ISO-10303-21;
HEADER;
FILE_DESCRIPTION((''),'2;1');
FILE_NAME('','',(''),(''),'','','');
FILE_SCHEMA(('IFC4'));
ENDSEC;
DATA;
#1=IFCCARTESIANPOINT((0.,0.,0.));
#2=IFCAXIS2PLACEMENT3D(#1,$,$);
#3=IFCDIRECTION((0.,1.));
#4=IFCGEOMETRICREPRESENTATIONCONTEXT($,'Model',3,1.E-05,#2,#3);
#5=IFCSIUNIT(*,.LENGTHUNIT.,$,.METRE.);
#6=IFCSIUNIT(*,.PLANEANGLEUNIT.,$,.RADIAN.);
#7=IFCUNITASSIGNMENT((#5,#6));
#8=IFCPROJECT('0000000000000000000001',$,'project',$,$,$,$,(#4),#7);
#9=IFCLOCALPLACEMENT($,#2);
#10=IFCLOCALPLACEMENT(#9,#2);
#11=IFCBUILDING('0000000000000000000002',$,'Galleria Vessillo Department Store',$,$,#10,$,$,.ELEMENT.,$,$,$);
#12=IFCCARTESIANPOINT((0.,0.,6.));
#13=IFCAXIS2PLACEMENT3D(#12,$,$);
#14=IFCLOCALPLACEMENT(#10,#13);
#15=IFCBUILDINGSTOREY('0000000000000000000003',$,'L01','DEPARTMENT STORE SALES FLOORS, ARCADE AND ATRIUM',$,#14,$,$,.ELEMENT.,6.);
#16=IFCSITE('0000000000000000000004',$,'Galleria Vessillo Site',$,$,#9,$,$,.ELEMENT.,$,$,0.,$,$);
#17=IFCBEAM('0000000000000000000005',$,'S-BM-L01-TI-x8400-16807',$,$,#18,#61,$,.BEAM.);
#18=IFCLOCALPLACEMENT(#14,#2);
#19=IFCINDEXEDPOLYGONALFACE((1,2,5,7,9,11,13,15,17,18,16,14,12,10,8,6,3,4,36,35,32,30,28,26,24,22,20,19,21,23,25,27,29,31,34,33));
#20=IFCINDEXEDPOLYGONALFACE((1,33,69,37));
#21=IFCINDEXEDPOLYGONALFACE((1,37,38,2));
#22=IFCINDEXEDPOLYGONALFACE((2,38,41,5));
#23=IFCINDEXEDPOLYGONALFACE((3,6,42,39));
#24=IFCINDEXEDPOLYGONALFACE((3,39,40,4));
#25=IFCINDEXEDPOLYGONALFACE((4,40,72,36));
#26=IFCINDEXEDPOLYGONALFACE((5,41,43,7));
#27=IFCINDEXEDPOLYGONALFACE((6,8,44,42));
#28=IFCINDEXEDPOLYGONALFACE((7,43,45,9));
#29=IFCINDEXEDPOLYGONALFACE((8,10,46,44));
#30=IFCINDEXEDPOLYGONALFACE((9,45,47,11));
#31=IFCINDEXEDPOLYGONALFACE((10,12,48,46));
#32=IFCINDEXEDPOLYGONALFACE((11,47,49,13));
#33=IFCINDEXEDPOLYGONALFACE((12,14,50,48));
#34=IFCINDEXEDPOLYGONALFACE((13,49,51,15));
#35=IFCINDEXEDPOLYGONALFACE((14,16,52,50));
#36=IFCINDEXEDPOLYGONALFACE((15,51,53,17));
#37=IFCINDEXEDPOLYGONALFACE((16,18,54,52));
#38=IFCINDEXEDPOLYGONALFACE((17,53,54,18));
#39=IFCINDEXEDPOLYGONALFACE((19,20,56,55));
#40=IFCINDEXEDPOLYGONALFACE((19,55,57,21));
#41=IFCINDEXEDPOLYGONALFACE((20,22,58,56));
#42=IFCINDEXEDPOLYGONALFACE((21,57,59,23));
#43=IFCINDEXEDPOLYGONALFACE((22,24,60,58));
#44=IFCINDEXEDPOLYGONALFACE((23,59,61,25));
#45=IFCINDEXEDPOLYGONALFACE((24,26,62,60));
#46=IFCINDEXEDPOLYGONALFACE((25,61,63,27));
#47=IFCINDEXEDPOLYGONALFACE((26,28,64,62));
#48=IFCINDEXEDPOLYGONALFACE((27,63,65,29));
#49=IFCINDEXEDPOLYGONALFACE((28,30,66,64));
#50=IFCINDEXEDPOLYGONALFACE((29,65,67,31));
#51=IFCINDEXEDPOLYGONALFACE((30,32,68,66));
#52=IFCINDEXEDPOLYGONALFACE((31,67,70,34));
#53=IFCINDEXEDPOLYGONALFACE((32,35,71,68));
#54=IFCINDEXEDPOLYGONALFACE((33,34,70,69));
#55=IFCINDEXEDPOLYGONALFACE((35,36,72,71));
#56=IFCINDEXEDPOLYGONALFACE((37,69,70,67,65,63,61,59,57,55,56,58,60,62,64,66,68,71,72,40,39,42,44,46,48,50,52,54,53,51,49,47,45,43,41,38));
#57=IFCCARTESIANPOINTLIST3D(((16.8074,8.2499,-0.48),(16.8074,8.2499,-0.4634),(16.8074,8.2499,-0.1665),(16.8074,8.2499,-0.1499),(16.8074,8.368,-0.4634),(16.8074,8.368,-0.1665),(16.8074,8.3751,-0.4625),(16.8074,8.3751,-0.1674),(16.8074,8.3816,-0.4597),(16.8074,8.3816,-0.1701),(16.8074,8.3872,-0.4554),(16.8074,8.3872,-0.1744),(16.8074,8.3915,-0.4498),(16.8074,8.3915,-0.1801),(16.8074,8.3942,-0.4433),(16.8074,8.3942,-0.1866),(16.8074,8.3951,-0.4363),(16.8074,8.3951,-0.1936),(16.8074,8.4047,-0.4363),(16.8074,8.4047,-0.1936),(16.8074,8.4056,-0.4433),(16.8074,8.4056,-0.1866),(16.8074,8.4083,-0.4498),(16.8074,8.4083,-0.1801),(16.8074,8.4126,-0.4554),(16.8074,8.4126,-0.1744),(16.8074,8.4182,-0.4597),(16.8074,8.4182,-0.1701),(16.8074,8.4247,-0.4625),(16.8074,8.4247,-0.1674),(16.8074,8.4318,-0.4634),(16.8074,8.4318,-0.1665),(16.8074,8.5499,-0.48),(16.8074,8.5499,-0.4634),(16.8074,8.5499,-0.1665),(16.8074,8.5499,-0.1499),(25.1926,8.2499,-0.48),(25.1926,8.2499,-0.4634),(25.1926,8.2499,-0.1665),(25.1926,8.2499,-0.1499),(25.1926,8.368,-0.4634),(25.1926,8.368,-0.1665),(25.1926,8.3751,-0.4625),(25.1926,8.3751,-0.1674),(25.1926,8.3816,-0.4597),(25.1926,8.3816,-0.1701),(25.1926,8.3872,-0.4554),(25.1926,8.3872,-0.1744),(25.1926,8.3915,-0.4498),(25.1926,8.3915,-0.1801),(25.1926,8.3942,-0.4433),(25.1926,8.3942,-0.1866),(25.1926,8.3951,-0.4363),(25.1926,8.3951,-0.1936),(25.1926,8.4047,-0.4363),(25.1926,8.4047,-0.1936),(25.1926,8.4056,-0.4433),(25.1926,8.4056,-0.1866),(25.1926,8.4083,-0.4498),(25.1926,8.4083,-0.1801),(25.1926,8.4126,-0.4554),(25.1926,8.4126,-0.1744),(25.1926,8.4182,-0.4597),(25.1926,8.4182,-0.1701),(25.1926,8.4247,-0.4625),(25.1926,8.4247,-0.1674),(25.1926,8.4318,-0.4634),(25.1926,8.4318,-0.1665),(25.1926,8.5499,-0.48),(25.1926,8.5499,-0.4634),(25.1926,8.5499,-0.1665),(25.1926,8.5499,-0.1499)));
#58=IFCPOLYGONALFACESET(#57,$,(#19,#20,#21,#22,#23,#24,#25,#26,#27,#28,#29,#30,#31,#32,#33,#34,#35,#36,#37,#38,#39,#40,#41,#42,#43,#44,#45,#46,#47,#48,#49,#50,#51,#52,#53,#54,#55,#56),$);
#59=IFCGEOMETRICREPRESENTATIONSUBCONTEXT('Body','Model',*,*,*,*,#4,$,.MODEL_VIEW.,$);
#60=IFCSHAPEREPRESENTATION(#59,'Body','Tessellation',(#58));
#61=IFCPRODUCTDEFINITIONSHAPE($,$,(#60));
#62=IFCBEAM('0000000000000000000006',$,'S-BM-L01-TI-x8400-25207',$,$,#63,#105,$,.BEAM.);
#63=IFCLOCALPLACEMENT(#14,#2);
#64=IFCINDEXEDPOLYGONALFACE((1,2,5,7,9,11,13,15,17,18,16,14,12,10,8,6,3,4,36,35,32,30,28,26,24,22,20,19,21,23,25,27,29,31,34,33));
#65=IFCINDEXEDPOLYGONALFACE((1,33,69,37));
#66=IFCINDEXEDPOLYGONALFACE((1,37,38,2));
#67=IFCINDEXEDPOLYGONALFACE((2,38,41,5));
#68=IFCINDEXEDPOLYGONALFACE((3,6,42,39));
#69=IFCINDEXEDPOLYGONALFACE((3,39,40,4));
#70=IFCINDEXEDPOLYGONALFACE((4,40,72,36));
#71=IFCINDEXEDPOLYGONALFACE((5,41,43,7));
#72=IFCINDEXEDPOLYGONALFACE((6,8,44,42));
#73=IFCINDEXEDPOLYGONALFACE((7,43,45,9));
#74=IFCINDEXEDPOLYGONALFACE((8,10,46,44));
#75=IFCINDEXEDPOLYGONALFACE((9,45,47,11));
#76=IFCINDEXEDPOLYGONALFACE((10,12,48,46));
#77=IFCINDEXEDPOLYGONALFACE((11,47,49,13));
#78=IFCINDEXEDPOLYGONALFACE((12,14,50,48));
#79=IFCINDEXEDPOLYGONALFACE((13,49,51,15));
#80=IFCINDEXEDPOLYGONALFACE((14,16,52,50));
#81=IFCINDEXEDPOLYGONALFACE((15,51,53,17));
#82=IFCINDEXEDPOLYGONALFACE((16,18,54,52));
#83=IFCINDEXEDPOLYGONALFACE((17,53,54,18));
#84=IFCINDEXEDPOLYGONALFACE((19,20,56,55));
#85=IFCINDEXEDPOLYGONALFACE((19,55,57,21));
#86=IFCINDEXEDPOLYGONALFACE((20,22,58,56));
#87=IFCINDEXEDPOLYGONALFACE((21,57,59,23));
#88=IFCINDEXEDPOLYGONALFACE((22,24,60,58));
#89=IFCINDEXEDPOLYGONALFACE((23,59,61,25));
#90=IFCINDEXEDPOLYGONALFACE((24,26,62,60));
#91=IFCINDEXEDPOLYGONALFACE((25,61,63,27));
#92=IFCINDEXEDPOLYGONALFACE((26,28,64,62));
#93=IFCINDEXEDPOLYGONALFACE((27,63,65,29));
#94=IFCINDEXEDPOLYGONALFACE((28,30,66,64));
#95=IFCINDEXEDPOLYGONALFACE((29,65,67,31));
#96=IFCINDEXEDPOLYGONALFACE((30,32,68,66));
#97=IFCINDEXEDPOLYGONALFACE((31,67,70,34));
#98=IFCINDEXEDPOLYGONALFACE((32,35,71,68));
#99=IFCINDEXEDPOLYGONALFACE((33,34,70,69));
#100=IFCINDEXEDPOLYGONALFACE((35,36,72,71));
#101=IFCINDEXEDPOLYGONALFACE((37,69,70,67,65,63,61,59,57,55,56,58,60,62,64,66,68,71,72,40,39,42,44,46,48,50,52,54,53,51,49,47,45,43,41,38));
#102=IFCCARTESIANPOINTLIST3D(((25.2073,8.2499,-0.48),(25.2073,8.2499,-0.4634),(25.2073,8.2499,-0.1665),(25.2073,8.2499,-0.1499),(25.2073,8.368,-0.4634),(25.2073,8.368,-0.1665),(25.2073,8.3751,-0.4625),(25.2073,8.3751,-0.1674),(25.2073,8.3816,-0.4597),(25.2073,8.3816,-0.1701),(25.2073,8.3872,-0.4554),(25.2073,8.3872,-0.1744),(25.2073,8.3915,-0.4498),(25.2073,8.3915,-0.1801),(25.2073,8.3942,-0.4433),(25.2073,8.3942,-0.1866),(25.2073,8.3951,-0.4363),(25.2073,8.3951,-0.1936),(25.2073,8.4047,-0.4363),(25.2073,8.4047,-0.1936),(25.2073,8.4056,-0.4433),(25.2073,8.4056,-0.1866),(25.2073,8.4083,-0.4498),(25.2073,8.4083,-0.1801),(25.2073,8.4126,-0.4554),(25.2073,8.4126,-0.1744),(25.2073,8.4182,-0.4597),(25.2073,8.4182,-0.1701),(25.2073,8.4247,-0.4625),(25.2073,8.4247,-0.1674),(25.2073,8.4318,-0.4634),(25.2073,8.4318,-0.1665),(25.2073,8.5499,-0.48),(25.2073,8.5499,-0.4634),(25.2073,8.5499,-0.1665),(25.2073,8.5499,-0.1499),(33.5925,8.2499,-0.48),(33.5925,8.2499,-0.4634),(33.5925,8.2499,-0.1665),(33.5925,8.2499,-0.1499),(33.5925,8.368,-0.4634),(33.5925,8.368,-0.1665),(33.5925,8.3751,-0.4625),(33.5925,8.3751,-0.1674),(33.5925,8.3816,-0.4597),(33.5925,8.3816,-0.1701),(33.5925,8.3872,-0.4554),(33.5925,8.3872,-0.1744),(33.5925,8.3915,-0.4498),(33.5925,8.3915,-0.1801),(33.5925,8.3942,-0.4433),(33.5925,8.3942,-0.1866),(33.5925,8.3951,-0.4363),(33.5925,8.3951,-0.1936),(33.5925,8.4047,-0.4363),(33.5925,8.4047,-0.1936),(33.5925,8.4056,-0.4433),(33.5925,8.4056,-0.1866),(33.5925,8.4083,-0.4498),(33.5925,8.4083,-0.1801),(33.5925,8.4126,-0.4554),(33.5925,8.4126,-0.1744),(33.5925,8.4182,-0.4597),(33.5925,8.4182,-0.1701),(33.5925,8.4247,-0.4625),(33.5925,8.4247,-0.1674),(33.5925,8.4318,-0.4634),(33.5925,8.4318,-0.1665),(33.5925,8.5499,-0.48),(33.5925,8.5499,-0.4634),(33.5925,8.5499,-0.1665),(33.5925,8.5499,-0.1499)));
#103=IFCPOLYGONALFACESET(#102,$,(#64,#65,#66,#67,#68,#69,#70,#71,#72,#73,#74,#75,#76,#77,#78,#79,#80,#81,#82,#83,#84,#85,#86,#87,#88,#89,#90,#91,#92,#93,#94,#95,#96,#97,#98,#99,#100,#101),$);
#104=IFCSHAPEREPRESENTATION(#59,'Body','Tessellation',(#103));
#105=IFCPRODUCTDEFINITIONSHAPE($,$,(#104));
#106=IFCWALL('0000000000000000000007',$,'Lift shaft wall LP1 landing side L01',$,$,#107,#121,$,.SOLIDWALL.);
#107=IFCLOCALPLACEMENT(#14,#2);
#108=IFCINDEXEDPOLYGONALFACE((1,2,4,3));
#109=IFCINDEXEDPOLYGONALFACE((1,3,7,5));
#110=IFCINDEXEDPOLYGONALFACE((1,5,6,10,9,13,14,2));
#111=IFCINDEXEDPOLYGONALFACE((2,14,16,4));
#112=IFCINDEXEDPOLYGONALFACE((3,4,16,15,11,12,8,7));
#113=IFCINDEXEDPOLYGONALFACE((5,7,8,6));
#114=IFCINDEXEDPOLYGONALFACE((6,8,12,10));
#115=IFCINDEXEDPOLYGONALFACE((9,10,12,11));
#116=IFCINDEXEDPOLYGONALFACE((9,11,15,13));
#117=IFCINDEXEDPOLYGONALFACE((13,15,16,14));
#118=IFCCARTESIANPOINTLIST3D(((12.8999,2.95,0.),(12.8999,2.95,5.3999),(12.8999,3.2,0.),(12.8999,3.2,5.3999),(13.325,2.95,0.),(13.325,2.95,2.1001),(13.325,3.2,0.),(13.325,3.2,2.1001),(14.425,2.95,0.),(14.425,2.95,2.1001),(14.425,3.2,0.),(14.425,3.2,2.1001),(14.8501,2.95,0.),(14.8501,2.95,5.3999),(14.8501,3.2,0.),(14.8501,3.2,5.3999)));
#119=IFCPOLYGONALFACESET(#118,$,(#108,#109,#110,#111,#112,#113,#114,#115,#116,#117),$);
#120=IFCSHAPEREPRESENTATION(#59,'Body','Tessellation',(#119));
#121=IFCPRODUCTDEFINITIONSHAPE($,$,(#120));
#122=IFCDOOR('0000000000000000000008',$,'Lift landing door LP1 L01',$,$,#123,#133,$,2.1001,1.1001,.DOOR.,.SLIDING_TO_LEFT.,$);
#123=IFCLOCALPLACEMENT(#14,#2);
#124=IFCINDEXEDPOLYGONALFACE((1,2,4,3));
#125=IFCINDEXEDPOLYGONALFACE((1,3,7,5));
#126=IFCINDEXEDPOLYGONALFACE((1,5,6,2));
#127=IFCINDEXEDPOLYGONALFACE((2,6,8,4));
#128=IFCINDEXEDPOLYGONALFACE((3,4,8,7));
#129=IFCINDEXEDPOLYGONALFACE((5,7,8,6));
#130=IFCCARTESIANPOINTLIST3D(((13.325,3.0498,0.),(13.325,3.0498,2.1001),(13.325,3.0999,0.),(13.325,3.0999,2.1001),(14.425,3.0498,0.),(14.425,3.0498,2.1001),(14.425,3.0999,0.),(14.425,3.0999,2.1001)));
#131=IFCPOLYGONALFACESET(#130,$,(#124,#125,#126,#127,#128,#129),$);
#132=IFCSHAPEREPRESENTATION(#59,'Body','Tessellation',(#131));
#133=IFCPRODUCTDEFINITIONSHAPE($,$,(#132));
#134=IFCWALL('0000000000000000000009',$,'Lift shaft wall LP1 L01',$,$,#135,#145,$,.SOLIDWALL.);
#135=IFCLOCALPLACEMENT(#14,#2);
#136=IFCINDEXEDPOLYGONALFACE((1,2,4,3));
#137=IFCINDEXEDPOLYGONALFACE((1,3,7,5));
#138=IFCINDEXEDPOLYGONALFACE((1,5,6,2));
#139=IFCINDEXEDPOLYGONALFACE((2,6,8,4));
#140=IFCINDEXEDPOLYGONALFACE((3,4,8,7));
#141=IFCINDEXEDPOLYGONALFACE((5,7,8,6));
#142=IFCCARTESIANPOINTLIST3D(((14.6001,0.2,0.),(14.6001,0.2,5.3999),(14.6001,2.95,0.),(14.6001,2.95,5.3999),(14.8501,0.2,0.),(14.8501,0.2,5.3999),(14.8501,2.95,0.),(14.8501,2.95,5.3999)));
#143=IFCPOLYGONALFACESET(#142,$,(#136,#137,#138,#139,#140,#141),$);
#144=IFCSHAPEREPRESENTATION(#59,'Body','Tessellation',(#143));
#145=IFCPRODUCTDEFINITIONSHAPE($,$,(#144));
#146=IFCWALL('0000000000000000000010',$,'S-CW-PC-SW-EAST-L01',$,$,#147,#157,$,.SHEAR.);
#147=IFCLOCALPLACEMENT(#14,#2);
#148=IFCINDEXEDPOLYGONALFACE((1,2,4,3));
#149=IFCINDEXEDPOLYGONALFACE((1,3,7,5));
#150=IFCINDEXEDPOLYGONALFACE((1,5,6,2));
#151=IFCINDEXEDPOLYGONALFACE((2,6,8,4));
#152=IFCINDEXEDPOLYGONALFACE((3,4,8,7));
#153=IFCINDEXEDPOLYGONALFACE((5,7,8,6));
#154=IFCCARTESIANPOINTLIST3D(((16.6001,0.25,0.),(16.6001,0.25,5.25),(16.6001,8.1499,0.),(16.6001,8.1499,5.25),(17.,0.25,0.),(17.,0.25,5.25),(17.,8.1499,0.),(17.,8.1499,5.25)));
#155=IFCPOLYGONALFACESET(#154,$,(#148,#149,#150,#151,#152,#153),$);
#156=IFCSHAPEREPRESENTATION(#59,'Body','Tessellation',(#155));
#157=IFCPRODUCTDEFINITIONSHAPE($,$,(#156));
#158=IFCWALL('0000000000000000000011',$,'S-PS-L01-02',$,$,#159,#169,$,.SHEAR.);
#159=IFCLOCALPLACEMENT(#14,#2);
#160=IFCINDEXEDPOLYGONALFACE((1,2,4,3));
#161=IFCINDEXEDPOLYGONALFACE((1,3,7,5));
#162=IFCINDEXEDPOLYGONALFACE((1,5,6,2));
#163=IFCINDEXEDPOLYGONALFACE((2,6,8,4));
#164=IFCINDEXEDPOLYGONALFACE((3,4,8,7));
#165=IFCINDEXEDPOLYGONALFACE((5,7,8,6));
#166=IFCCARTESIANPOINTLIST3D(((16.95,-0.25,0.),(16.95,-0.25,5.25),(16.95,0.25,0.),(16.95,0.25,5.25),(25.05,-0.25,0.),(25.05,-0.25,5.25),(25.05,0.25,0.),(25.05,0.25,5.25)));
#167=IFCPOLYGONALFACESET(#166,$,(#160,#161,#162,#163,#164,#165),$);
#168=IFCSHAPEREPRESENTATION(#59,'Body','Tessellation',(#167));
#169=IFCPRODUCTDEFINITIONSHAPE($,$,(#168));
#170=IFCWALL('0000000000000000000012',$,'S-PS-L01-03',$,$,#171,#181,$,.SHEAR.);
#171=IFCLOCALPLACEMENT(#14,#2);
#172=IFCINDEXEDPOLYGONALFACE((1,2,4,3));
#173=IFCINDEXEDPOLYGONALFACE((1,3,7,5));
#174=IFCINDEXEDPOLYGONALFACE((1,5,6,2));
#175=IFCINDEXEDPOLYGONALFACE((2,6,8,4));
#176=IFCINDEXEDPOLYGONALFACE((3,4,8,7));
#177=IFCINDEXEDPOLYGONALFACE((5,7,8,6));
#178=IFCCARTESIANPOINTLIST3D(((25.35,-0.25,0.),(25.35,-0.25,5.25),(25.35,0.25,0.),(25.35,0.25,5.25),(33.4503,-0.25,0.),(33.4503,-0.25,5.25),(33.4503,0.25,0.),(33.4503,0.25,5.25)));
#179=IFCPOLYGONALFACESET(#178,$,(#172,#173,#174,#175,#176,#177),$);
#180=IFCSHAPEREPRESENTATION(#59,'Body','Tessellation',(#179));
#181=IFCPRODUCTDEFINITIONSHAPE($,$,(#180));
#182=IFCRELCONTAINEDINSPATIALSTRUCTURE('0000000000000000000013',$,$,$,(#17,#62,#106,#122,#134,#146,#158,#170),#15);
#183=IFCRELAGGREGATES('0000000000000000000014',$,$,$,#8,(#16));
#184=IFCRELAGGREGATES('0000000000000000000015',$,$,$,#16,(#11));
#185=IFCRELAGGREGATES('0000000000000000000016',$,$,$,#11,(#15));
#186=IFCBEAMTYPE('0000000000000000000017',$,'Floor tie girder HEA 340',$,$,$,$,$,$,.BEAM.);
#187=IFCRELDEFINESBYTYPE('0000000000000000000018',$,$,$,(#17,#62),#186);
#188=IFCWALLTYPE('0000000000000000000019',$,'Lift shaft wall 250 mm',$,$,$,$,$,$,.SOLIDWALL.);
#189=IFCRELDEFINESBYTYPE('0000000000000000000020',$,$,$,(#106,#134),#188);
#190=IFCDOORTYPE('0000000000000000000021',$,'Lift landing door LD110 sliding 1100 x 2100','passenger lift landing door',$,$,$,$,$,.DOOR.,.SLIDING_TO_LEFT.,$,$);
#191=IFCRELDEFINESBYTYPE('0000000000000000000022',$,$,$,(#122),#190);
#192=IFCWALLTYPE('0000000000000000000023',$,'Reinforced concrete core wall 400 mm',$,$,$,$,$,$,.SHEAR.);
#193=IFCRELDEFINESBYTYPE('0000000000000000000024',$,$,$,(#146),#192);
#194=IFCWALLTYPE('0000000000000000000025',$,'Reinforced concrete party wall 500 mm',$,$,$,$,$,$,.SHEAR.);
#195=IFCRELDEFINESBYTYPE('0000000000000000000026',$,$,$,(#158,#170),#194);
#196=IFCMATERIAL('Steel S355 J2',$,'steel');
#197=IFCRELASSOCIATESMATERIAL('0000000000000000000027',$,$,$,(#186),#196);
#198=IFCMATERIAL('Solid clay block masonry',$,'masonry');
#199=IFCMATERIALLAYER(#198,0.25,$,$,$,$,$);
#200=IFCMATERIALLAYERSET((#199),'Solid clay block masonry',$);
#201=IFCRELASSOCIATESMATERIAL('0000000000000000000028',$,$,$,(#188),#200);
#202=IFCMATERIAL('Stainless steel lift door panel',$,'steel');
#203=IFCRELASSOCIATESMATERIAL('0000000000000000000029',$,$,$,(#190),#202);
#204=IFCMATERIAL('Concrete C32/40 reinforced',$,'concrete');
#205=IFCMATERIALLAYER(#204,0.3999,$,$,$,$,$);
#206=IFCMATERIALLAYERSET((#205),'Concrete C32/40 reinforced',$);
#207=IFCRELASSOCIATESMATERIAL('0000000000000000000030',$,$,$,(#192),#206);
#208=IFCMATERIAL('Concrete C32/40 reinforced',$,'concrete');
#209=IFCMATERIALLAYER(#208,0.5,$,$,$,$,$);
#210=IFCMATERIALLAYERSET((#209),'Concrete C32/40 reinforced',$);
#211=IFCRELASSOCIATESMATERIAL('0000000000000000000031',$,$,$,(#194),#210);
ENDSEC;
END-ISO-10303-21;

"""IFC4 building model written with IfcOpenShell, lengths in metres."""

from ifc_helpers import new_model, si_unit, direction, frame, frame_2d, origin, origin_2d, place, context, subcontext, project, spatial, rectangle, i_section, extrude, material, layer, layer_set, material_profile, profile_set, type_object, element, fill, save


model = new_model("IFC4")

# Units and contexts
model_context = context("Model", 3, precision=1e-05, world=origin(), true_north=direction((0.0, 1.0)))
body_context = subcontext(model_context, "Body", "Model", "MODEL_VIEW")
ifc_project = project(units=[si_unit("LENGTHUNIT", "METRE"), si_unit("PLANEANGLEUNIT", "RADIAN")], contexts=[model_context])

# Site, building, storey
site_placement = place(None, origin())
site = spatial("IfcSite", under=ifc_project, at=site_placement, Name="Galleria Vessillo Site", CompositionType="ELEMENT", RefElevation=0.0)
building_placement = place(site_placement, origin())
building = spatial("IfcBuilding", under=site, at=building_placement, Name="Galleria Vessillo Department Store", CompositionType="ELEMENT")
storey_placement = place(building_placement, frame((0.0, 0.0, 6.0)))
storey = spatial("IfcBuildingStorey", under=building, at=storey_placement, Name="L01", Description="DEPARTMENT STORE SALES FLOORS, ARCADE AND ATRIUM", CompositionType="ELEMENT", Elevation=6.0)

# Beams
ifc_material_1 = material(Name="Steel S355 J2", Category="steel")
ifc_material_profile_1 = material_profile(ifc_material_1, i_section(OverallWidth=0.3, OverallDepth=0.3301, WebThickness=0.0095, FlangeThickness=0.0166, FilletRadius=0.0271, at=origin_2d()), Name="HEA 340")
ifc_profile_set_1 = profile_set([ifc_material_profile_1], Name="Steel S355 J2")
beam_type_1 = type_object("IfcBeamType", Name="Floor tie girder HEA 340", PredefinedType="BEAM", material=ifc_profile_set_1)
for number, where, z_axis, x_axis, name in (
    (1, (16.8074, 8.3999, -0.3149), (1.0, 0.0, 0.0), (0.0, 1.0, 0.0), "S-BM-L01-TI-x8400-16807"),
    (2, (25.2073, 8.3999, -0.3149), (1.0, 0.0, 0.0), (0.0, 1.0, 0.0), "S-BM-L01-TI-x8400-25207"),
):
    element("IfcBeam", number, at=place(storey_placement, frame(where, z_axis=z_axis, x_axis=x_axis)), inside=storey, type_object=beam_type_1, Name=name, PredefinedType="BEAM", context=body_context, shape_type="SweptSolid", body=[
        extrude(i_section(OverallWidth=0.3, OverallDepth=0.3301, WebThickness=0.0095, FlangeThickness=0.0166, FilletRadius=0.0271, at=origin_2d()), origin(), (0.0, 0.0, 1.0), 8.3853),
    ])

# Wall, opening, door
ifc_material_2 = material(Name="Solid clay block masonry", Category="masonry")
ifc_layer_1 = layer(ifc_material_2, 0.25)
ifc_layer_set_1 = layer_set([ifc_layer_1], Name="Solid clay block masonry")
wall_type_1 = type_object("IfcWallType", Name="Lift shaft wall 250 mm", PredefinedType="SOLIDWALL", material=ifc_layer_set_1)
wall_1_placement = place(storey_placement, frame((12.8999, 3.075, 0.0), z_axis=(0.0, 0.0, 1.0), x_axis=(1.0, 0.0, 0.0)))
wall_1 = element("IfcWall", 3, at=wall_1_placement, inside=storey, type_object=wall_type_1, Name="Lift shaft wall LP1 landing side L01", PredefinedType="SOLIDWALL", context=body_context, shape_type="SweptSolid", body=[
    extrude(rectangle(XDim=1.9502, YDim=0.25, at=frame_2d((0.9751, 0.0))), origin(), (0.0, 0.0, 1.0), 5.3999),
])
opening_1_placement = place(wall_1_placement, frame((0.425, 0.0, 0.0)))
opening_1 = element("IfcOpeningElement", 4, at=opening_1_placement, cuts=wall_1, PredefinedType="OPENING", context=body_context, shape_type="SweptSolid", body=[
    extrude(rectangle(XDim=1.1001, YDim=2.1001, at=frame_2d((0.55, 1.05))), frame((0.0, 0.135, 0.0), z_axis=(0.0, -1.0, 0.0), x_axis=(1.0, 0.0, 0.0)), (0.0, 0.0, 1.0), 0.27),
])
ifc_material_3 = material(Name="Stainless steel lift door panel", Category="steel")
door_type_1 = type_object("IfcDoorType", Name="Lift landing door LD110 sliding 1100 x 2100", Description="passenger lift landing door", OperationType="SLIDING_TO_LEFT", PredefinedType="DOOR", material=ifc_material_3)
door_1_placement = place(opening_1_placement, origin())
door_1 = element("IfcDoor", 5, at=door_1_placement, inside=storey, type_object=door_type_1, Name="Lift landing door LP1 L01", OperationType="SLIDING_TO_LEFT", OverallHeight=2.1001, OverallWidth=1.1001, PredefinedType="DOOR", context=body_context, shape_type="SweptSolid", body=[
    extrude(rectangle(XDim=1.1001, YDim=2.1001, at=frame_2d((0.55, 1.05))), frame((0.0, 0.0249, 0.0), z_axis=(0.0, -1.0, 0.0), x_axis=(1.0, 0.0, 0.0)), (0.0, 0.0, 1.0), 0.05),
])
fill(opening_1, door_1)

# Walls
wall_2_placement = place(storey_placement, frame((14.7251, 0.2, 0.0), z_axis=(0.0, 0.0, 1.0), x_axis=(0.0, 1.0, 0.0)))
element("IfcWall", 6, at=wall_2_placement, inside=storey, type_object=wall_type_1, Name="Lift shaft wall LP1 L01", PredefinedType="SOLIDWALL", context=body_context, shape_type="SweptSolid", body=[
    extrude(rectangle(XDim=2.75, YDim=0.25, at=frame_2d((1.375, 0.0))), origin(), (0.0, 0.0, 1.0), 5.3999),
])
ifc_material_4 = material(Name="Concrete C32/40 reinforced", Category="concrete")
ifc_layer_2 = layer(ifc_material_4, 0.3999)
ifc_layer_set_2 = layer_set([ifc_layer_2], Name="Concrete C32/40 reinforced")
wall_type_2 = type_object("IfcWallType", Name="Reinforced concrete core wall 400 mm", PredefinedType="SHEAR", material=ifc_layer_set_2)
wall_3_placement = place(storey_placement, frame((16.8, 0.25, 0.0), z_axis=(0.0, 0.0, 1.0), x_axis=(0.0, 1.0, 0.0)))
element("IfcWall", 7, at=wall_3_placement, inside=storey, type_object=wall_type_2, Name="S-CW-PC-SW-EAST-L01", PredefinedType="SHEAR", context=body_context, shape_type="SweptSolid", body=[
    extrude(rectangle(XDim=7.8999, YDim=0.3999, at=frame_2d((3.95, 0.0))), origin(), (0.0, 0.0, 1.0), 5.25),
])
ifc_material_5 = material(Name="Concrete C32/40 reinforced", Category="concrete")
ifc_layer_3 = layer(ifc_material_5, 0.5)
ifc_layer_set_3 = layer_set([ifc_layer_3], Name="Concrete C32/40 reinforced")
wall_type_3 = type_object("IfcWallType", Name="Reinforced concrete party wall 500 mm", PredefinedType="SHEAR", material=ifc_layer_set_3)
wall_4_placement = place(storey_placement, frame((16.95, 0.0, 0.0), z_axis=(0.0, 0.0, 1.0), x_axis=(1.0, 0.0, 0.0)))
element("IfcWall", 8, at=wall_4_placement, inside=storey, type_object=wall_type_3, Name="S-PS-L01-02", PredefinedType="SHEAR", context=body_context, shape_type="SweptSolid", body=[
    extrude(rectangle(XDim=8.1001, YDim=0.5, at=frame_2d((4.05, 0.0))), origin(), (0.0, 0.0, 1.0), 5.25),
])
wall_5_placement = place(storey_placement, frame((25.3499, 0.0, 0.0), z_axis=(0.0, 0.0, 1.0), x_axis=(1.0, 0.0, 0.0)))
element("IfcWall", 9, at=wall_5_placement, inside=storey, type_object=wall_type_3, Name="S-PS-L01-03", PredefinedType="SHEAR", context=body_context, shape_type="SweptSolid", body=[
    extrude(rectangle(XDim=8.1003, YDim=0.5, at=frame_2d((4.0503, 0.0))), origin(), (0.0, 0.0, 1.0), 5.25),
])

save(model, "model.ifc")
